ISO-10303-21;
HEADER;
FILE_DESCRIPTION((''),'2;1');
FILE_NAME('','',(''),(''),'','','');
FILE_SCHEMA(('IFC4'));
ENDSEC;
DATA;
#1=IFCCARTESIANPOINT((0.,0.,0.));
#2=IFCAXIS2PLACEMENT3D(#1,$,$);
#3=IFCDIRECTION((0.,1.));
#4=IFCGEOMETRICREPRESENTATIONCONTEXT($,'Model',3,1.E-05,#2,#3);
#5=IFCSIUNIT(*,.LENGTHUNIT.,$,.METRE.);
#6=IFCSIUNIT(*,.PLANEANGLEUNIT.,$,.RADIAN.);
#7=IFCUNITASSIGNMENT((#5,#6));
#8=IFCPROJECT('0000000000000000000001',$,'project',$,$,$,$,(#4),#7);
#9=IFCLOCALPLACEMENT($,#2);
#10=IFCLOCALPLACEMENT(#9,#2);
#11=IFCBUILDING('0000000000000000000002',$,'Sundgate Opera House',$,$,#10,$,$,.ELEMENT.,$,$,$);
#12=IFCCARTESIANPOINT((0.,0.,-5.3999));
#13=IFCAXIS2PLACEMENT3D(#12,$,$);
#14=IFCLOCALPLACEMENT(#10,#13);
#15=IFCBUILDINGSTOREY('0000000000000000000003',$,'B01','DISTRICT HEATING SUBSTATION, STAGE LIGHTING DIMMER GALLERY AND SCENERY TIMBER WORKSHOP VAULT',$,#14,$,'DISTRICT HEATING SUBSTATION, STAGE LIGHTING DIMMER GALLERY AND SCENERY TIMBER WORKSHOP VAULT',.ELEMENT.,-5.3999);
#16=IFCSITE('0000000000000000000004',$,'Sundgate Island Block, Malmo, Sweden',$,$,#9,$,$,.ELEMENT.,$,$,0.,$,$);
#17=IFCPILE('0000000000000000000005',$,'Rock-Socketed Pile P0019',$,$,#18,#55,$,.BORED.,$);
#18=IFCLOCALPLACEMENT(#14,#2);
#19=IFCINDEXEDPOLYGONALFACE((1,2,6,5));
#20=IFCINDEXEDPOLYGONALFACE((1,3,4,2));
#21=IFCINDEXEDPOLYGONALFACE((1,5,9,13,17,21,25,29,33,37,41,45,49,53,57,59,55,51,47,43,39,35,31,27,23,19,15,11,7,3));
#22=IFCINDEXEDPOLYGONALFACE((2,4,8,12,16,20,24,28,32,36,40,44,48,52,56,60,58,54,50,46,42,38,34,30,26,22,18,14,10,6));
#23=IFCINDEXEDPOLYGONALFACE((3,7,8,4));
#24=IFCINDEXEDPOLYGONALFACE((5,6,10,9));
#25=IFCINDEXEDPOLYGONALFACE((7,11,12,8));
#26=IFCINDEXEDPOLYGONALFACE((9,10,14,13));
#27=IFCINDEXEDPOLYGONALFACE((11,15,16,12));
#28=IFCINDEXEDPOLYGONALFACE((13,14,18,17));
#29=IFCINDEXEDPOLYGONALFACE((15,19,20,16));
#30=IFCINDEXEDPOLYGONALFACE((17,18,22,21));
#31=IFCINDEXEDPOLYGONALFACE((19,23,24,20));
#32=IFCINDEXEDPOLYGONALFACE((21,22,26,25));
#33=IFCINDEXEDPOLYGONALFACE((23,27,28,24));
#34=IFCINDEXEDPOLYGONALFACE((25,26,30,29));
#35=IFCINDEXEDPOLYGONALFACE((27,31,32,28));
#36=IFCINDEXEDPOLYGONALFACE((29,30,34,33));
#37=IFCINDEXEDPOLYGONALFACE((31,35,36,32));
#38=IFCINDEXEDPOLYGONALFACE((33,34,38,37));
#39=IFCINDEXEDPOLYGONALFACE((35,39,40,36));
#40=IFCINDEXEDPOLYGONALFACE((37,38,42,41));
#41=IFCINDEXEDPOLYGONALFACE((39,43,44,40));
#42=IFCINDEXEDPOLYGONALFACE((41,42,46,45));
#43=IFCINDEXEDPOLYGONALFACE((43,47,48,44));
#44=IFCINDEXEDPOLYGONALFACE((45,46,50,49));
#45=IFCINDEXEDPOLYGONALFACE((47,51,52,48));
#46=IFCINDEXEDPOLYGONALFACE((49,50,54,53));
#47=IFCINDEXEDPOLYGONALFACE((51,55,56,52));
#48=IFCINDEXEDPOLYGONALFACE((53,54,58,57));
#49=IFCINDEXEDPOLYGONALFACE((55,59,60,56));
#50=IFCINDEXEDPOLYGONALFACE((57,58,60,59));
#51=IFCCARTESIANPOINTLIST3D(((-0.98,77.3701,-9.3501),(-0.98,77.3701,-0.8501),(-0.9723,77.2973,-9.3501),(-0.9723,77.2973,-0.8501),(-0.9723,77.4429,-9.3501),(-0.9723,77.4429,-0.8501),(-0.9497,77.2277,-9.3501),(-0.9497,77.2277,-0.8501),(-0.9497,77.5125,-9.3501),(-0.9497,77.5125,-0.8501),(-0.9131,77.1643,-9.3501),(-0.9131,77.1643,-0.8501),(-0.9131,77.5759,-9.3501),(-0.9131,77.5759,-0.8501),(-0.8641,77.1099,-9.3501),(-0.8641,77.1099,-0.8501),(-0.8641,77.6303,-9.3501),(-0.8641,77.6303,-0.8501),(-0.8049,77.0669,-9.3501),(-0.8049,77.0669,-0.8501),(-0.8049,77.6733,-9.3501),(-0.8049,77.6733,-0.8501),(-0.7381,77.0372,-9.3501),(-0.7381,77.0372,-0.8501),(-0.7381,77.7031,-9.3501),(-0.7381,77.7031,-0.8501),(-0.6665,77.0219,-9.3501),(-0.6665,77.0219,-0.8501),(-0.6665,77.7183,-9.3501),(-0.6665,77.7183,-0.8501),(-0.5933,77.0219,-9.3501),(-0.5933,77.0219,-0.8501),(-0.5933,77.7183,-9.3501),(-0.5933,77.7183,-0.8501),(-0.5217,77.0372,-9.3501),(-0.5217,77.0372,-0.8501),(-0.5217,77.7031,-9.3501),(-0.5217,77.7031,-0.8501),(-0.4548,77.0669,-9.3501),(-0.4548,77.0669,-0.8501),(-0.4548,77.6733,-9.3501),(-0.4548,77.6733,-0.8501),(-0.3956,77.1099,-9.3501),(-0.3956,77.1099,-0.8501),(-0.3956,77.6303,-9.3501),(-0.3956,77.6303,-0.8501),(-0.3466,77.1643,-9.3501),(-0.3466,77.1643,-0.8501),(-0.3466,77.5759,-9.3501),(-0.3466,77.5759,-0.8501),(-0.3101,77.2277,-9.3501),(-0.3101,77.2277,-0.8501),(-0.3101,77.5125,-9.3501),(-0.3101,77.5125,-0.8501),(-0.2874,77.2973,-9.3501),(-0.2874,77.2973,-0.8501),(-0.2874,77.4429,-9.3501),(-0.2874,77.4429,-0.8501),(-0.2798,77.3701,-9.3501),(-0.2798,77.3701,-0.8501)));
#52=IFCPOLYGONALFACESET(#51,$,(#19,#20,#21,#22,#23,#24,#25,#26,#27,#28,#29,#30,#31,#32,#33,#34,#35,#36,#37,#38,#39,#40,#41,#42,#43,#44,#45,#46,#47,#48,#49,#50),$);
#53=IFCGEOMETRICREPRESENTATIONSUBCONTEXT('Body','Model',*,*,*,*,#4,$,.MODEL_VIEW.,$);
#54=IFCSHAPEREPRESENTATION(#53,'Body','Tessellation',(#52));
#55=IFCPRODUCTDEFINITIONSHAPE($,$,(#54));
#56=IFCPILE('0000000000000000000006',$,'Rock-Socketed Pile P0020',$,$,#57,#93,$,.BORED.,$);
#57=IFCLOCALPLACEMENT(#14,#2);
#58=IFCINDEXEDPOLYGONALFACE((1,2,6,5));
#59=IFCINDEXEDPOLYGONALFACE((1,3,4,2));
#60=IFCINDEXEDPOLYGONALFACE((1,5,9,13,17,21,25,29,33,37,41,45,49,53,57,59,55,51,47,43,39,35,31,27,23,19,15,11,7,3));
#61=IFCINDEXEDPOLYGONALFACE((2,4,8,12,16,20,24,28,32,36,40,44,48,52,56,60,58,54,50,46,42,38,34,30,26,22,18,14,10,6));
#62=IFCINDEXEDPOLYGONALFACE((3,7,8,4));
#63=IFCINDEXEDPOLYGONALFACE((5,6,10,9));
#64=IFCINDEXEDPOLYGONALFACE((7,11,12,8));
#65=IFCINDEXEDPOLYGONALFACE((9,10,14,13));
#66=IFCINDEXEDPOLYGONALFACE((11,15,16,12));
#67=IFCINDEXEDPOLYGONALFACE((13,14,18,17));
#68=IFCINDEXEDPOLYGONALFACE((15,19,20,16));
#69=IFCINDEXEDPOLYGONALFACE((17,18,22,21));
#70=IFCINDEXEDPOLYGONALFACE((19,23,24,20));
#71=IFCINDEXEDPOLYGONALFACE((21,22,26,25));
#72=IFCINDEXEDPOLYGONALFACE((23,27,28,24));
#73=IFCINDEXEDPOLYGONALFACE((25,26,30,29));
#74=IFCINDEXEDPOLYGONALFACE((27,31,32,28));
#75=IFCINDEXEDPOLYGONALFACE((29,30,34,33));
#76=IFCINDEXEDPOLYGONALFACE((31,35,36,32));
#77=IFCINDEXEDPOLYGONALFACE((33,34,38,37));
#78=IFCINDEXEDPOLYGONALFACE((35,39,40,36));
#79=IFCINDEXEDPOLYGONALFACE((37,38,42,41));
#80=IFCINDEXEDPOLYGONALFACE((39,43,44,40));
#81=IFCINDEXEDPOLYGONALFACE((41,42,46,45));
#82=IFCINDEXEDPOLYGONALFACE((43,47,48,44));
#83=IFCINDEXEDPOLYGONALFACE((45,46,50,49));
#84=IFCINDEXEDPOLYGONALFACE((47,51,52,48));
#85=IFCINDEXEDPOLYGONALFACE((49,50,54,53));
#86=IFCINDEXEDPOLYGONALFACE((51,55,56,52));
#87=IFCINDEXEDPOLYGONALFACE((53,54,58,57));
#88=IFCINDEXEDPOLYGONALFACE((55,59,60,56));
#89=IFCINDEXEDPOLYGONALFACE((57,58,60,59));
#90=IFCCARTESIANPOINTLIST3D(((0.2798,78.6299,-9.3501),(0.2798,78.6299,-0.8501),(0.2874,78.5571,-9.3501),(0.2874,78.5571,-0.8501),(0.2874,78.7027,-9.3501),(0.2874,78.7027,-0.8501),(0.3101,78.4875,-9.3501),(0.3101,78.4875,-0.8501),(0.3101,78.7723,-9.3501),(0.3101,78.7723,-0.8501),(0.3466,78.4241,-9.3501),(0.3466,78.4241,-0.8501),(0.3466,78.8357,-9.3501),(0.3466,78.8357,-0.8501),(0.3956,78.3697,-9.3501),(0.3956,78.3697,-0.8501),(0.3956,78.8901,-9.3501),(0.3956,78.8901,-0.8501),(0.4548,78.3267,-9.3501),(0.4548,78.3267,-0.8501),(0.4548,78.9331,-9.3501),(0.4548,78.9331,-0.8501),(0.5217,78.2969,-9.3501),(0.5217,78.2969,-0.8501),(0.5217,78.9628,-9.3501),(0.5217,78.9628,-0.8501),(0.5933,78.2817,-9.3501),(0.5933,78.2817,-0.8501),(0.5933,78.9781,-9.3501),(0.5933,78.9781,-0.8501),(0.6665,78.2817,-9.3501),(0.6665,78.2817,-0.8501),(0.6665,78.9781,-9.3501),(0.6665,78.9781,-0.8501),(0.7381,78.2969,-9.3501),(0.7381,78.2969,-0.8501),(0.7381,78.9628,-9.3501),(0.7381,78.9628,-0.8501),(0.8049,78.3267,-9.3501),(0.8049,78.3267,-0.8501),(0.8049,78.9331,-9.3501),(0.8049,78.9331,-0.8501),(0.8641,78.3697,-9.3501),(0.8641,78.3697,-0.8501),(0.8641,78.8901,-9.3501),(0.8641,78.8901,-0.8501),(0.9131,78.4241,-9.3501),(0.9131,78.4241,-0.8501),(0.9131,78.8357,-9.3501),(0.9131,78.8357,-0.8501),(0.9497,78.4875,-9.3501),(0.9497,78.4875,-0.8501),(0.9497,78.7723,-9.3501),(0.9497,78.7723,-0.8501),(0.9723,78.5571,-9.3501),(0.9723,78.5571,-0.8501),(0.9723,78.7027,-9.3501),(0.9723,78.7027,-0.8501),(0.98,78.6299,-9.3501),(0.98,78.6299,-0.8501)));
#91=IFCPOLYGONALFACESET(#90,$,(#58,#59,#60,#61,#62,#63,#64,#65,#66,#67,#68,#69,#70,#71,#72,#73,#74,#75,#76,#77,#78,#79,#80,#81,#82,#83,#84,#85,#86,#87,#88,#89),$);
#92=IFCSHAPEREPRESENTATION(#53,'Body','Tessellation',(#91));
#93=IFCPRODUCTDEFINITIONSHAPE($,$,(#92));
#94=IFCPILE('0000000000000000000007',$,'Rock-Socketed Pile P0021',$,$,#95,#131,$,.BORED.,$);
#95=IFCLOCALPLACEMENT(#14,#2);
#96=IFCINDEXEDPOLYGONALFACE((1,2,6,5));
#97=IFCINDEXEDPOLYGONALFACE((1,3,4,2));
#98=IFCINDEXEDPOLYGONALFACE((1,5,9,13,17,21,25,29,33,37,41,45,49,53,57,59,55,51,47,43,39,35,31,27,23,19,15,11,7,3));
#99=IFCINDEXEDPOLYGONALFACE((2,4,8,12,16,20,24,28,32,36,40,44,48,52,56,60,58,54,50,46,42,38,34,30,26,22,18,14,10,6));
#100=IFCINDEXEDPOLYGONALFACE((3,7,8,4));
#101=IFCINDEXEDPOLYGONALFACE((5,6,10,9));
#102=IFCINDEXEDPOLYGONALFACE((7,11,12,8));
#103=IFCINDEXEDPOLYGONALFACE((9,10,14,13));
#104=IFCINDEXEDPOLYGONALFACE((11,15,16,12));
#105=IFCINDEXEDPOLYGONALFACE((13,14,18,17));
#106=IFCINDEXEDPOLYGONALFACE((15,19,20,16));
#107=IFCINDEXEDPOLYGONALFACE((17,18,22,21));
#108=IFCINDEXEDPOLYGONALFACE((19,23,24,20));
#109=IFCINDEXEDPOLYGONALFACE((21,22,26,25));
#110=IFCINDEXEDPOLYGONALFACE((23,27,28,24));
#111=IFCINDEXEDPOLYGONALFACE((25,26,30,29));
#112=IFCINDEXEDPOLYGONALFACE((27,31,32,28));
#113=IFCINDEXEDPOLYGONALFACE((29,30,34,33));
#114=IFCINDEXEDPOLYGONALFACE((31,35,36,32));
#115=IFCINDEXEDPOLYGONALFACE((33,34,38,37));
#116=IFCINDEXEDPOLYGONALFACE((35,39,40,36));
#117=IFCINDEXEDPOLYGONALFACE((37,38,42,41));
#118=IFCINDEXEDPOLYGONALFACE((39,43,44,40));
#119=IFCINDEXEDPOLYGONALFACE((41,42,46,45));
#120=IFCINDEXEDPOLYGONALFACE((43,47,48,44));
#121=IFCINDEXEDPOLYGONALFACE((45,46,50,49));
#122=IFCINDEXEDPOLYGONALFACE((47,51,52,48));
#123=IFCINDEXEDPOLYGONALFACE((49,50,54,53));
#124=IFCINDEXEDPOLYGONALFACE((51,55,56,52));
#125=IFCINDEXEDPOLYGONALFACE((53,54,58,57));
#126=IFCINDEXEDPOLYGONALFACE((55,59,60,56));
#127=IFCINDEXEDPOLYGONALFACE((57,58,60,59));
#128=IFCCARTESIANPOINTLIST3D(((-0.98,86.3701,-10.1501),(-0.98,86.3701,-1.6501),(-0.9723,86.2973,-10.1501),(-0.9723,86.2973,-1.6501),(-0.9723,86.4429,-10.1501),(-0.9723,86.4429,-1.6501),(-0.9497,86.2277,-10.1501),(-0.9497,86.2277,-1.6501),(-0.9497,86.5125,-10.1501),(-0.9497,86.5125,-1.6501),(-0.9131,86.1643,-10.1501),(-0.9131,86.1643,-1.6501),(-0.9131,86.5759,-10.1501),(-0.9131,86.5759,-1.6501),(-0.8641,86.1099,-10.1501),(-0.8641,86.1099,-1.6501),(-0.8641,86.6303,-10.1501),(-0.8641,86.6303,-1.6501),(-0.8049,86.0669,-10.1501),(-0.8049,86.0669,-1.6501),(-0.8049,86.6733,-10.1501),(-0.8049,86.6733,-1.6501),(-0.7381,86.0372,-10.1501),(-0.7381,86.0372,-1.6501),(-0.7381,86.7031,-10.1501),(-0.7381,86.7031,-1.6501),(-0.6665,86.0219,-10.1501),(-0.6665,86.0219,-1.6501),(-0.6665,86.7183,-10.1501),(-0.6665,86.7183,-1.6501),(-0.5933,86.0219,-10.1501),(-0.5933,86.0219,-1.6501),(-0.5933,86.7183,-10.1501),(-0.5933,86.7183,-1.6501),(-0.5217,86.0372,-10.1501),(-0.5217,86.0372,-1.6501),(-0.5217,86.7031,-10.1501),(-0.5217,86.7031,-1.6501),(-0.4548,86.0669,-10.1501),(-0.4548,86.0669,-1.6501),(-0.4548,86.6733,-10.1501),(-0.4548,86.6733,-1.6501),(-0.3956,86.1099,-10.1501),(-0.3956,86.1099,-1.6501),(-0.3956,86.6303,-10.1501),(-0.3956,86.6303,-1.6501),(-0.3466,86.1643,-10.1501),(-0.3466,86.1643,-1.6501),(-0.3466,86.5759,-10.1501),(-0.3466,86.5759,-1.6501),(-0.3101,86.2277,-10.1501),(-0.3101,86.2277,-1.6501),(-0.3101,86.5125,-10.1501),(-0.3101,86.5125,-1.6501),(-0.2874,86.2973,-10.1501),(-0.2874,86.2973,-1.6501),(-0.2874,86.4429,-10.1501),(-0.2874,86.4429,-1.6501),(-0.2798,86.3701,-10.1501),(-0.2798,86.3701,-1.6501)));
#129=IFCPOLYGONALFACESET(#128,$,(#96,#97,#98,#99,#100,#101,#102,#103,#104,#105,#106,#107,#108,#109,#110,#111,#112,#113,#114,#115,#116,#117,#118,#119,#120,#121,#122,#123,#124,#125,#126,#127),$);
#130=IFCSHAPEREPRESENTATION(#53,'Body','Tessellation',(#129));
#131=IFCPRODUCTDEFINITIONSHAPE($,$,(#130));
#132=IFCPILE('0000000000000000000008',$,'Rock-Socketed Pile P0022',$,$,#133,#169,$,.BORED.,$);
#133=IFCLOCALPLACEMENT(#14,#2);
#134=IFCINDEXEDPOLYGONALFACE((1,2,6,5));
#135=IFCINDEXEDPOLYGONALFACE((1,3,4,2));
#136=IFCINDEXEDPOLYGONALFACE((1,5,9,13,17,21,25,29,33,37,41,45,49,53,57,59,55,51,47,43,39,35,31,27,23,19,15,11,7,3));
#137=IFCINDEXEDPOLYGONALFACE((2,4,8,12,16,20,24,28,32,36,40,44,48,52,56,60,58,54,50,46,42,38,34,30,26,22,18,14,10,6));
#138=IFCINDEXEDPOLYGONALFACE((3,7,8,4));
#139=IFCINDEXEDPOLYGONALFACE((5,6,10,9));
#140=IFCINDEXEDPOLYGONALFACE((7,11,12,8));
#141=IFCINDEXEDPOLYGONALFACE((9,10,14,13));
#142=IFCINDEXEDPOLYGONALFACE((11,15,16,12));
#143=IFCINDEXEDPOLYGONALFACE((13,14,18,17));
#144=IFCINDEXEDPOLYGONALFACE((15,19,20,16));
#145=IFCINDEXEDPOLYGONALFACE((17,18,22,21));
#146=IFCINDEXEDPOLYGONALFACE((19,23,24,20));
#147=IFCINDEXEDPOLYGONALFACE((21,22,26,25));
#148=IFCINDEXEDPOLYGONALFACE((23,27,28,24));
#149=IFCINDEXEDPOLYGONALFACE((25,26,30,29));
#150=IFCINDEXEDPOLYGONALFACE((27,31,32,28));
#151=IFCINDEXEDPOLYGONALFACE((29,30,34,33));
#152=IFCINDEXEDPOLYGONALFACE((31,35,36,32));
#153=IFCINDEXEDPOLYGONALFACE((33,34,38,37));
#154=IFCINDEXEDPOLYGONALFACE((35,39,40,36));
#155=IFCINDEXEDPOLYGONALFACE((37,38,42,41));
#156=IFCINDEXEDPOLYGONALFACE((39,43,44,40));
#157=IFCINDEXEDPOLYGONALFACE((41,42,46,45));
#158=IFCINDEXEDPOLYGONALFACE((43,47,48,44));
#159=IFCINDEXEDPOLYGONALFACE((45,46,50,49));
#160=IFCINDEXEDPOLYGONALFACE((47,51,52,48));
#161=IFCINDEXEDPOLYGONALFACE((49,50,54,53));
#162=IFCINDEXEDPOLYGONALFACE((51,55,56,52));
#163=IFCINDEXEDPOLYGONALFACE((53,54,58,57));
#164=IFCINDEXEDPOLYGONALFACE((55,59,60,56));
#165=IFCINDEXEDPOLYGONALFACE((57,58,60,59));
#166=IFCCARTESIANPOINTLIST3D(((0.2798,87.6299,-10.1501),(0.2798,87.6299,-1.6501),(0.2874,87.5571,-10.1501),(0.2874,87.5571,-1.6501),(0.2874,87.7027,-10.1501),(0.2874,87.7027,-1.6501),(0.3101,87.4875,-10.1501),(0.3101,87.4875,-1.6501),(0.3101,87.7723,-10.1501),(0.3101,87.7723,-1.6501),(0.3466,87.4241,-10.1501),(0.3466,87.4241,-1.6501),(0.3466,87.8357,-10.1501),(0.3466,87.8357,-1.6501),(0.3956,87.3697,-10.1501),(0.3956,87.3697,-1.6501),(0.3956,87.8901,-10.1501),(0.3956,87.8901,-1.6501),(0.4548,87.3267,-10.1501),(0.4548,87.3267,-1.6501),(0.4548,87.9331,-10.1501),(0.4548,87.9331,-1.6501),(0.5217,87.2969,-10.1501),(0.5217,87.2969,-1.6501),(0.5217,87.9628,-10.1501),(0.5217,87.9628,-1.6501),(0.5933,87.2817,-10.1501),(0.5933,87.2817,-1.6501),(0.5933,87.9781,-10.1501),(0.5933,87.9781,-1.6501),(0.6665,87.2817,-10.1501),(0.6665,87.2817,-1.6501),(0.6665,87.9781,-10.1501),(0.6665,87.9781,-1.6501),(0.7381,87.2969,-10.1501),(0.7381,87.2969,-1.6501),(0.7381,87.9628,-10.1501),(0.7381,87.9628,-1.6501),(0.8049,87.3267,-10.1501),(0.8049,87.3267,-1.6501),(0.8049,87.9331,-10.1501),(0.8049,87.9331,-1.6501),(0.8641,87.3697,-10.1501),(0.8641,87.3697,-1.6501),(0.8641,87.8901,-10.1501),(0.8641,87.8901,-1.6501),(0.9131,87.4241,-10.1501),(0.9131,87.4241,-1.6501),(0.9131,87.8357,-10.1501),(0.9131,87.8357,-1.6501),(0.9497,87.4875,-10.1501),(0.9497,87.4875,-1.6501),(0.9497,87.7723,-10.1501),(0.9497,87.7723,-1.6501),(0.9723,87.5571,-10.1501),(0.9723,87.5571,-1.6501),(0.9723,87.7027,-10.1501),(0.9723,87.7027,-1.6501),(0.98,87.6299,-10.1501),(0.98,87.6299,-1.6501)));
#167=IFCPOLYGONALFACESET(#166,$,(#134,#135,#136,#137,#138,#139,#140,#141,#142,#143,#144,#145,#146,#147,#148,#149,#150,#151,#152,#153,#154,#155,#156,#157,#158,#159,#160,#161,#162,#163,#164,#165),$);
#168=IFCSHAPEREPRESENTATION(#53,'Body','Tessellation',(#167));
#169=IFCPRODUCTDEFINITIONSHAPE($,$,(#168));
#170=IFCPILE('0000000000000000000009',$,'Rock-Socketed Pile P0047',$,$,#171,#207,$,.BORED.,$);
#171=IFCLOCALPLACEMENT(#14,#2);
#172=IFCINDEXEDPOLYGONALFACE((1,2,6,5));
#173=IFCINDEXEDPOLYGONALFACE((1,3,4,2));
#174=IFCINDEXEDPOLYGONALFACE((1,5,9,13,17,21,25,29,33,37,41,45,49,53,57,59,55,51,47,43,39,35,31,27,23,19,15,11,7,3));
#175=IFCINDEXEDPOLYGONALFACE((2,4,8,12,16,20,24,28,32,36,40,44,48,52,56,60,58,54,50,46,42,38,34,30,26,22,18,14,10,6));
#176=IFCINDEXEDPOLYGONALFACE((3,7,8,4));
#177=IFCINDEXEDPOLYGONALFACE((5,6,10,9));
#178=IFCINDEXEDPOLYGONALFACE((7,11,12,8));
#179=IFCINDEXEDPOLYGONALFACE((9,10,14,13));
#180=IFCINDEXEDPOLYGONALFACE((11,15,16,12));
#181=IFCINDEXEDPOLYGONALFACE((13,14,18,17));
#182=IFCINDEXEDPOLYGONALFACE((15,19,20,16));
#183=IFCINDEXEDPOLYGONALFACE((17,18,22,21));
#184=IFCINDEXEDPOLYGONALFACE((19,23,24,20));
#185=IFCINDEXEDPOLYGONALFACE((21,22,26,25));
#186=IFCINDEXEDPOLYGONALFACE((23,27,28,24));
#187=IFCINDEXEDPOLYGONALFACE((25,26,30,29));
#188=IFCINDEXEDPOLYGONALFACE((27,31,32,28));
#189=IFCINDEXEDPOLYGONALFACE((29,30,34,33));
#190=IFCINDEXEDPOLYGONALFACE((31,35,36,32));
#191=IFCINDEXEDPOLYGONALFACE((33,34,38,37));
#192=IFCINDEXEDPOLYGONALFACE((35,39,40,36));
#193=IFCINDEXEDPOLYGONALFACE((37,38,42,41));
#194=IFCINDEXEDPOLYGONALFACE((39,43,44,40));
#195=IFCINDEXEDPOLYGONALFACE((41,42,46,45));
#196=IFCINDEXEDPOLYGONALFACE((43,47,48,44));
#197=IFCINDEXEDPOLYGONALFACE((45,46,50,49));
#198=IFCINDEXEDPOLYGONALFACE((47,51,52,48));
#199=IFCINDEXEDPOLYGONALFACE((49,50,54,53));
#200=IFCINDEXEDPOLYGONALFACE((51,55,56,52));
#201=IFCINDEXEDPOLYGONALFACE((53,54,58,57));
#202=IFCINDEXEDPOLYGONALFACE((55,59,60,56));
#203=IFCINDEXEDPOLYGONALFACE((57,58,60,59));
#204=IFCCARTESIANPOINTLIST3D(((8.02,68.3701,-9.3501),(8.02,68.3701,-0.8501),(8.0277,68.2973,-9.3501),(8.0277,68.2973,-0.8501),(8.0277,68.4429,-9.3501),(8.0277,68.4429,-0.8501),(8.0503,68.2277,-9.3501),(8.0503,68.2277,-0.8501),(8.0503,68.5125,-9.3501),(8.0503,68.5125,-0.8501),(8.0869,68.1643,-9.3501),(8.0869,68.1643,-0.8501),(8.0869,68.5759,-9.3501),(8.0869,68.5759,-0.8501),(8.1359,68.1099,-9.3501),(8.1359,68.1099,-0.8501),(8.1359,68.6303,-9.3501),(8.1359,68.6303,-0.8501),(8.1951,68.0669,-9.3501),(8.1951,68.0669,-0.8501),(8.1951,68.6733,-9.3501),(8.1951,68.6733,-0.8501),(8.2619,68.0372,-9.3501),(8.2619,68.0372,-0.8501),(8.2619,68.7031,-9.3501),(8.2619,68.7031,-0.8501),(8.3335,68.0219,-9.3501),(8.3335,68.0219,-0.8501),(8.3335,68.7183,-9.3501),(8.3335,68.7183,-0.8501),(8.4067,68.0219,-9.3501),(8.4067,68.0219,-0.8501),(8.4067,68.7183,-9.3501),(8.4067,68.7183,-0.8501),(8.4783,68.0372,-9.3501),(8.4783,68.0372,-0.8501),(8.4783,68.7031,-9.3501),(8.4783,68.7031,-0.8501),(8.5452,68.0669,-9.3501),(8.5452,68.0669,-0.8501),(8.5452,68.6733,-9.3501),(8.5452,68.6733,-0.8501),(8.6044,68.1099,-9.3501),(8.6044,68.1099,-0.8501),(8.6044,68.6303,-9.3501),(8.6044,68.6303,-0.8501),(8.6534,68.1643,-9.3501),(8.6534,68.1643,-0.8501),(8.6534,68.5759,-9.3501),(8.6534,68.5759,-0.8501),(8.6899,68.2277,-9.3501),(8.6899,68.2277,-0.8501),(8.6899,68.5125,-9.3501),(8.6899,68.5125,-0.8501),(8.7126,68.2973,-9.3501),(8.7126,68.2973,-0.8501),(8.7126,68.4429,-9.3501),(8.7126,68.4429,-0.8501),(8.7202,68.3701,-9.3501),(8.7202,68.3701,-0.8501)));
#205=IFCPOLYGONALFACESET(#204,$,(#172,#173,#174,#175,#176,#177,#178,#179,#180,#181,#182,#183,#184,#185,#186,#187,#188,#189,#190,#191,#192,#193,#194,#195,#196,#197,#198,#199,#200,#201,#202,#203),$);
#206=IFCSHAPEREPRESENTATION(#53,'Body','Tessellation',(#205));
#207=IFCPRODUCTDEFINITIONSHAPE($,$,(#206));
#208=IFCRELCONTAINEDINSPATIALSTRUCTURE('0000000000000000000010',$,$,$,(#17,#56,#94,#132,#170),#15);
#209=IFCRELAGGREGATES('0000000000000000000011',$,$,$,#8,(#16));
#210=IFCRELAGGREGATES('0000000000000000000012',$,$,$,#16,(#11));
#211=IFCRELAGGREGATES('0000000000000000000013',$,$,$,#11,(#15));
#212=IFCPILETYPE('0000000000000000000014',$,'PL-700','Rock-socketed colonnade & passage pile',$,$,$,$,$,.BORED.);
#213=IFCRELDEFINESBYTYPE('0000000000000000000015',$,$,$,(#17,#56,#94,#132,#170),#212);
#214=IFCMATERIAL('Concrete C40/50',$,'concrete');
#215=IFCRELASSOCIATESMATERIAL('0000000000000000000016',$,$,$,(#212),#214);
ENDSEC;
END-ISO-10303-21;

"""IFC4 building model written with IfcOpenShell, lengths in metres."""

from ifc_helpers import new_model, si_unit, direction, frame, origin, origin_2d, place, context, subcontext, project, spatial, circle, extrude, material, material_profile, profile_set, type_object, element, save


model = new_model("IFC4")

# Units and contexts
model_context = context("Model", 3, precision=1e-05, world=origin(), true_north=direction((0.0, 1.0)))
body_context = subcontext(model_context, "Body", "Model", "MODEL_VIEW")
ifc_project = project(units=[si_unit("LENGTHUNIT", "METRE"), si_unit("PLANEANGLEUNIT", "RADIAN")], contexts=[model_context])

# Site, building, storey
site_placement = place(None, origin())
site = spatial("IfcSite", under=ifc_project, at=site_placement, Name="Sundgate Island Block, Malmo, Sweden", CompositionType="ELEMENT", RefElevation=0.0)
building_placement = place(site_placement, origin())
building = spatial("IfcBuilding", under=site, at=building_placement, Name="Sundgate Opera House", CompositionType="ELEMENT")
storey_placement = place(building_placement, frame((0.0, 0.0, -5.3999)))
storey = spatial("IfcBuildingStorey", under=building, at=storey_placement, Name="B01", Description="DISTRICT HEATING SUBSTATION, STAGE LIGHTING DIMMER GALLERY AND SCENERY TIMBER WORKSHOP VAULT", LongName="DISTRICT HEATING SUBSTATION, STAGE LIGHTING DIMMER GALLERY AND SCENERY TIMBER WORKSHOP VAULT", CompositionType="ELEMENT", Elevation=-5.3999)

# Piles
ifc_material_1 = material(Name="Concrete C40/50", Category="concrete")
ifc_material_profile_1 = material_profile(ifc_material_1, circle(Radius=0.3501, at=origin_2d()), Name="PILE D700")
ifc_profile_set_1 = profile_set([ifc_material_profile_1], Name="Concrete C40/50")
pile_type = type_object("IfcPileType", Name="PL-700", Description="Rock-socketed colonnade & passage pile", PredefinedType="BORED", material=ifc_profile_set_1)
for number, where, z_axis, x_axis, name in (
    (1, (-0.6299, 77.3701, -0.8501), (0.0, 0.0, -1.0), (1.0, 0.0, 0.0), "Rock-Socketed Pile P0019"),
    (2, (0.6299, 78.6299, -0.8501), (0.0, 0.0, -1.0), (1.0, 0.0, 0.0), "Rock-Socketed Pile P0020"),
    (3, (-0.6299, 86.3701, -1.6501), (0.0, 0.0, -1.0), (1.0, 0.0, 0.0), "Rock-Socketed Pile P0021"),
    (4, (0.6299, 87.6299, -1.6501), (0.0, 0.0, -1.0), (1.0, 0.0, 0.0), "Rock-Socketed Pile P0022"),
    (5, (8.3701, 68.3701, -0.8501), (0.0, 0.0, -1.0), (1.0, 0.0, 0.0), "Rock-Socketed Pile P0047"),
):
    element("IfcPile", number, at=place(storey_placement, frame(where, z_axis=z_axis, x_axis=x_axis)), inside=storey, type_object=pile_type, Name=name, PredefinedType="BORED", context=body_context, shape_type="SweptSolid", body=[
        extrude(circle(Radius=0.3501, at=origin_2d()), origin(), (0.0, 0.0, 1.0), 8.5),
    ])

save(model, "model.ifc")
